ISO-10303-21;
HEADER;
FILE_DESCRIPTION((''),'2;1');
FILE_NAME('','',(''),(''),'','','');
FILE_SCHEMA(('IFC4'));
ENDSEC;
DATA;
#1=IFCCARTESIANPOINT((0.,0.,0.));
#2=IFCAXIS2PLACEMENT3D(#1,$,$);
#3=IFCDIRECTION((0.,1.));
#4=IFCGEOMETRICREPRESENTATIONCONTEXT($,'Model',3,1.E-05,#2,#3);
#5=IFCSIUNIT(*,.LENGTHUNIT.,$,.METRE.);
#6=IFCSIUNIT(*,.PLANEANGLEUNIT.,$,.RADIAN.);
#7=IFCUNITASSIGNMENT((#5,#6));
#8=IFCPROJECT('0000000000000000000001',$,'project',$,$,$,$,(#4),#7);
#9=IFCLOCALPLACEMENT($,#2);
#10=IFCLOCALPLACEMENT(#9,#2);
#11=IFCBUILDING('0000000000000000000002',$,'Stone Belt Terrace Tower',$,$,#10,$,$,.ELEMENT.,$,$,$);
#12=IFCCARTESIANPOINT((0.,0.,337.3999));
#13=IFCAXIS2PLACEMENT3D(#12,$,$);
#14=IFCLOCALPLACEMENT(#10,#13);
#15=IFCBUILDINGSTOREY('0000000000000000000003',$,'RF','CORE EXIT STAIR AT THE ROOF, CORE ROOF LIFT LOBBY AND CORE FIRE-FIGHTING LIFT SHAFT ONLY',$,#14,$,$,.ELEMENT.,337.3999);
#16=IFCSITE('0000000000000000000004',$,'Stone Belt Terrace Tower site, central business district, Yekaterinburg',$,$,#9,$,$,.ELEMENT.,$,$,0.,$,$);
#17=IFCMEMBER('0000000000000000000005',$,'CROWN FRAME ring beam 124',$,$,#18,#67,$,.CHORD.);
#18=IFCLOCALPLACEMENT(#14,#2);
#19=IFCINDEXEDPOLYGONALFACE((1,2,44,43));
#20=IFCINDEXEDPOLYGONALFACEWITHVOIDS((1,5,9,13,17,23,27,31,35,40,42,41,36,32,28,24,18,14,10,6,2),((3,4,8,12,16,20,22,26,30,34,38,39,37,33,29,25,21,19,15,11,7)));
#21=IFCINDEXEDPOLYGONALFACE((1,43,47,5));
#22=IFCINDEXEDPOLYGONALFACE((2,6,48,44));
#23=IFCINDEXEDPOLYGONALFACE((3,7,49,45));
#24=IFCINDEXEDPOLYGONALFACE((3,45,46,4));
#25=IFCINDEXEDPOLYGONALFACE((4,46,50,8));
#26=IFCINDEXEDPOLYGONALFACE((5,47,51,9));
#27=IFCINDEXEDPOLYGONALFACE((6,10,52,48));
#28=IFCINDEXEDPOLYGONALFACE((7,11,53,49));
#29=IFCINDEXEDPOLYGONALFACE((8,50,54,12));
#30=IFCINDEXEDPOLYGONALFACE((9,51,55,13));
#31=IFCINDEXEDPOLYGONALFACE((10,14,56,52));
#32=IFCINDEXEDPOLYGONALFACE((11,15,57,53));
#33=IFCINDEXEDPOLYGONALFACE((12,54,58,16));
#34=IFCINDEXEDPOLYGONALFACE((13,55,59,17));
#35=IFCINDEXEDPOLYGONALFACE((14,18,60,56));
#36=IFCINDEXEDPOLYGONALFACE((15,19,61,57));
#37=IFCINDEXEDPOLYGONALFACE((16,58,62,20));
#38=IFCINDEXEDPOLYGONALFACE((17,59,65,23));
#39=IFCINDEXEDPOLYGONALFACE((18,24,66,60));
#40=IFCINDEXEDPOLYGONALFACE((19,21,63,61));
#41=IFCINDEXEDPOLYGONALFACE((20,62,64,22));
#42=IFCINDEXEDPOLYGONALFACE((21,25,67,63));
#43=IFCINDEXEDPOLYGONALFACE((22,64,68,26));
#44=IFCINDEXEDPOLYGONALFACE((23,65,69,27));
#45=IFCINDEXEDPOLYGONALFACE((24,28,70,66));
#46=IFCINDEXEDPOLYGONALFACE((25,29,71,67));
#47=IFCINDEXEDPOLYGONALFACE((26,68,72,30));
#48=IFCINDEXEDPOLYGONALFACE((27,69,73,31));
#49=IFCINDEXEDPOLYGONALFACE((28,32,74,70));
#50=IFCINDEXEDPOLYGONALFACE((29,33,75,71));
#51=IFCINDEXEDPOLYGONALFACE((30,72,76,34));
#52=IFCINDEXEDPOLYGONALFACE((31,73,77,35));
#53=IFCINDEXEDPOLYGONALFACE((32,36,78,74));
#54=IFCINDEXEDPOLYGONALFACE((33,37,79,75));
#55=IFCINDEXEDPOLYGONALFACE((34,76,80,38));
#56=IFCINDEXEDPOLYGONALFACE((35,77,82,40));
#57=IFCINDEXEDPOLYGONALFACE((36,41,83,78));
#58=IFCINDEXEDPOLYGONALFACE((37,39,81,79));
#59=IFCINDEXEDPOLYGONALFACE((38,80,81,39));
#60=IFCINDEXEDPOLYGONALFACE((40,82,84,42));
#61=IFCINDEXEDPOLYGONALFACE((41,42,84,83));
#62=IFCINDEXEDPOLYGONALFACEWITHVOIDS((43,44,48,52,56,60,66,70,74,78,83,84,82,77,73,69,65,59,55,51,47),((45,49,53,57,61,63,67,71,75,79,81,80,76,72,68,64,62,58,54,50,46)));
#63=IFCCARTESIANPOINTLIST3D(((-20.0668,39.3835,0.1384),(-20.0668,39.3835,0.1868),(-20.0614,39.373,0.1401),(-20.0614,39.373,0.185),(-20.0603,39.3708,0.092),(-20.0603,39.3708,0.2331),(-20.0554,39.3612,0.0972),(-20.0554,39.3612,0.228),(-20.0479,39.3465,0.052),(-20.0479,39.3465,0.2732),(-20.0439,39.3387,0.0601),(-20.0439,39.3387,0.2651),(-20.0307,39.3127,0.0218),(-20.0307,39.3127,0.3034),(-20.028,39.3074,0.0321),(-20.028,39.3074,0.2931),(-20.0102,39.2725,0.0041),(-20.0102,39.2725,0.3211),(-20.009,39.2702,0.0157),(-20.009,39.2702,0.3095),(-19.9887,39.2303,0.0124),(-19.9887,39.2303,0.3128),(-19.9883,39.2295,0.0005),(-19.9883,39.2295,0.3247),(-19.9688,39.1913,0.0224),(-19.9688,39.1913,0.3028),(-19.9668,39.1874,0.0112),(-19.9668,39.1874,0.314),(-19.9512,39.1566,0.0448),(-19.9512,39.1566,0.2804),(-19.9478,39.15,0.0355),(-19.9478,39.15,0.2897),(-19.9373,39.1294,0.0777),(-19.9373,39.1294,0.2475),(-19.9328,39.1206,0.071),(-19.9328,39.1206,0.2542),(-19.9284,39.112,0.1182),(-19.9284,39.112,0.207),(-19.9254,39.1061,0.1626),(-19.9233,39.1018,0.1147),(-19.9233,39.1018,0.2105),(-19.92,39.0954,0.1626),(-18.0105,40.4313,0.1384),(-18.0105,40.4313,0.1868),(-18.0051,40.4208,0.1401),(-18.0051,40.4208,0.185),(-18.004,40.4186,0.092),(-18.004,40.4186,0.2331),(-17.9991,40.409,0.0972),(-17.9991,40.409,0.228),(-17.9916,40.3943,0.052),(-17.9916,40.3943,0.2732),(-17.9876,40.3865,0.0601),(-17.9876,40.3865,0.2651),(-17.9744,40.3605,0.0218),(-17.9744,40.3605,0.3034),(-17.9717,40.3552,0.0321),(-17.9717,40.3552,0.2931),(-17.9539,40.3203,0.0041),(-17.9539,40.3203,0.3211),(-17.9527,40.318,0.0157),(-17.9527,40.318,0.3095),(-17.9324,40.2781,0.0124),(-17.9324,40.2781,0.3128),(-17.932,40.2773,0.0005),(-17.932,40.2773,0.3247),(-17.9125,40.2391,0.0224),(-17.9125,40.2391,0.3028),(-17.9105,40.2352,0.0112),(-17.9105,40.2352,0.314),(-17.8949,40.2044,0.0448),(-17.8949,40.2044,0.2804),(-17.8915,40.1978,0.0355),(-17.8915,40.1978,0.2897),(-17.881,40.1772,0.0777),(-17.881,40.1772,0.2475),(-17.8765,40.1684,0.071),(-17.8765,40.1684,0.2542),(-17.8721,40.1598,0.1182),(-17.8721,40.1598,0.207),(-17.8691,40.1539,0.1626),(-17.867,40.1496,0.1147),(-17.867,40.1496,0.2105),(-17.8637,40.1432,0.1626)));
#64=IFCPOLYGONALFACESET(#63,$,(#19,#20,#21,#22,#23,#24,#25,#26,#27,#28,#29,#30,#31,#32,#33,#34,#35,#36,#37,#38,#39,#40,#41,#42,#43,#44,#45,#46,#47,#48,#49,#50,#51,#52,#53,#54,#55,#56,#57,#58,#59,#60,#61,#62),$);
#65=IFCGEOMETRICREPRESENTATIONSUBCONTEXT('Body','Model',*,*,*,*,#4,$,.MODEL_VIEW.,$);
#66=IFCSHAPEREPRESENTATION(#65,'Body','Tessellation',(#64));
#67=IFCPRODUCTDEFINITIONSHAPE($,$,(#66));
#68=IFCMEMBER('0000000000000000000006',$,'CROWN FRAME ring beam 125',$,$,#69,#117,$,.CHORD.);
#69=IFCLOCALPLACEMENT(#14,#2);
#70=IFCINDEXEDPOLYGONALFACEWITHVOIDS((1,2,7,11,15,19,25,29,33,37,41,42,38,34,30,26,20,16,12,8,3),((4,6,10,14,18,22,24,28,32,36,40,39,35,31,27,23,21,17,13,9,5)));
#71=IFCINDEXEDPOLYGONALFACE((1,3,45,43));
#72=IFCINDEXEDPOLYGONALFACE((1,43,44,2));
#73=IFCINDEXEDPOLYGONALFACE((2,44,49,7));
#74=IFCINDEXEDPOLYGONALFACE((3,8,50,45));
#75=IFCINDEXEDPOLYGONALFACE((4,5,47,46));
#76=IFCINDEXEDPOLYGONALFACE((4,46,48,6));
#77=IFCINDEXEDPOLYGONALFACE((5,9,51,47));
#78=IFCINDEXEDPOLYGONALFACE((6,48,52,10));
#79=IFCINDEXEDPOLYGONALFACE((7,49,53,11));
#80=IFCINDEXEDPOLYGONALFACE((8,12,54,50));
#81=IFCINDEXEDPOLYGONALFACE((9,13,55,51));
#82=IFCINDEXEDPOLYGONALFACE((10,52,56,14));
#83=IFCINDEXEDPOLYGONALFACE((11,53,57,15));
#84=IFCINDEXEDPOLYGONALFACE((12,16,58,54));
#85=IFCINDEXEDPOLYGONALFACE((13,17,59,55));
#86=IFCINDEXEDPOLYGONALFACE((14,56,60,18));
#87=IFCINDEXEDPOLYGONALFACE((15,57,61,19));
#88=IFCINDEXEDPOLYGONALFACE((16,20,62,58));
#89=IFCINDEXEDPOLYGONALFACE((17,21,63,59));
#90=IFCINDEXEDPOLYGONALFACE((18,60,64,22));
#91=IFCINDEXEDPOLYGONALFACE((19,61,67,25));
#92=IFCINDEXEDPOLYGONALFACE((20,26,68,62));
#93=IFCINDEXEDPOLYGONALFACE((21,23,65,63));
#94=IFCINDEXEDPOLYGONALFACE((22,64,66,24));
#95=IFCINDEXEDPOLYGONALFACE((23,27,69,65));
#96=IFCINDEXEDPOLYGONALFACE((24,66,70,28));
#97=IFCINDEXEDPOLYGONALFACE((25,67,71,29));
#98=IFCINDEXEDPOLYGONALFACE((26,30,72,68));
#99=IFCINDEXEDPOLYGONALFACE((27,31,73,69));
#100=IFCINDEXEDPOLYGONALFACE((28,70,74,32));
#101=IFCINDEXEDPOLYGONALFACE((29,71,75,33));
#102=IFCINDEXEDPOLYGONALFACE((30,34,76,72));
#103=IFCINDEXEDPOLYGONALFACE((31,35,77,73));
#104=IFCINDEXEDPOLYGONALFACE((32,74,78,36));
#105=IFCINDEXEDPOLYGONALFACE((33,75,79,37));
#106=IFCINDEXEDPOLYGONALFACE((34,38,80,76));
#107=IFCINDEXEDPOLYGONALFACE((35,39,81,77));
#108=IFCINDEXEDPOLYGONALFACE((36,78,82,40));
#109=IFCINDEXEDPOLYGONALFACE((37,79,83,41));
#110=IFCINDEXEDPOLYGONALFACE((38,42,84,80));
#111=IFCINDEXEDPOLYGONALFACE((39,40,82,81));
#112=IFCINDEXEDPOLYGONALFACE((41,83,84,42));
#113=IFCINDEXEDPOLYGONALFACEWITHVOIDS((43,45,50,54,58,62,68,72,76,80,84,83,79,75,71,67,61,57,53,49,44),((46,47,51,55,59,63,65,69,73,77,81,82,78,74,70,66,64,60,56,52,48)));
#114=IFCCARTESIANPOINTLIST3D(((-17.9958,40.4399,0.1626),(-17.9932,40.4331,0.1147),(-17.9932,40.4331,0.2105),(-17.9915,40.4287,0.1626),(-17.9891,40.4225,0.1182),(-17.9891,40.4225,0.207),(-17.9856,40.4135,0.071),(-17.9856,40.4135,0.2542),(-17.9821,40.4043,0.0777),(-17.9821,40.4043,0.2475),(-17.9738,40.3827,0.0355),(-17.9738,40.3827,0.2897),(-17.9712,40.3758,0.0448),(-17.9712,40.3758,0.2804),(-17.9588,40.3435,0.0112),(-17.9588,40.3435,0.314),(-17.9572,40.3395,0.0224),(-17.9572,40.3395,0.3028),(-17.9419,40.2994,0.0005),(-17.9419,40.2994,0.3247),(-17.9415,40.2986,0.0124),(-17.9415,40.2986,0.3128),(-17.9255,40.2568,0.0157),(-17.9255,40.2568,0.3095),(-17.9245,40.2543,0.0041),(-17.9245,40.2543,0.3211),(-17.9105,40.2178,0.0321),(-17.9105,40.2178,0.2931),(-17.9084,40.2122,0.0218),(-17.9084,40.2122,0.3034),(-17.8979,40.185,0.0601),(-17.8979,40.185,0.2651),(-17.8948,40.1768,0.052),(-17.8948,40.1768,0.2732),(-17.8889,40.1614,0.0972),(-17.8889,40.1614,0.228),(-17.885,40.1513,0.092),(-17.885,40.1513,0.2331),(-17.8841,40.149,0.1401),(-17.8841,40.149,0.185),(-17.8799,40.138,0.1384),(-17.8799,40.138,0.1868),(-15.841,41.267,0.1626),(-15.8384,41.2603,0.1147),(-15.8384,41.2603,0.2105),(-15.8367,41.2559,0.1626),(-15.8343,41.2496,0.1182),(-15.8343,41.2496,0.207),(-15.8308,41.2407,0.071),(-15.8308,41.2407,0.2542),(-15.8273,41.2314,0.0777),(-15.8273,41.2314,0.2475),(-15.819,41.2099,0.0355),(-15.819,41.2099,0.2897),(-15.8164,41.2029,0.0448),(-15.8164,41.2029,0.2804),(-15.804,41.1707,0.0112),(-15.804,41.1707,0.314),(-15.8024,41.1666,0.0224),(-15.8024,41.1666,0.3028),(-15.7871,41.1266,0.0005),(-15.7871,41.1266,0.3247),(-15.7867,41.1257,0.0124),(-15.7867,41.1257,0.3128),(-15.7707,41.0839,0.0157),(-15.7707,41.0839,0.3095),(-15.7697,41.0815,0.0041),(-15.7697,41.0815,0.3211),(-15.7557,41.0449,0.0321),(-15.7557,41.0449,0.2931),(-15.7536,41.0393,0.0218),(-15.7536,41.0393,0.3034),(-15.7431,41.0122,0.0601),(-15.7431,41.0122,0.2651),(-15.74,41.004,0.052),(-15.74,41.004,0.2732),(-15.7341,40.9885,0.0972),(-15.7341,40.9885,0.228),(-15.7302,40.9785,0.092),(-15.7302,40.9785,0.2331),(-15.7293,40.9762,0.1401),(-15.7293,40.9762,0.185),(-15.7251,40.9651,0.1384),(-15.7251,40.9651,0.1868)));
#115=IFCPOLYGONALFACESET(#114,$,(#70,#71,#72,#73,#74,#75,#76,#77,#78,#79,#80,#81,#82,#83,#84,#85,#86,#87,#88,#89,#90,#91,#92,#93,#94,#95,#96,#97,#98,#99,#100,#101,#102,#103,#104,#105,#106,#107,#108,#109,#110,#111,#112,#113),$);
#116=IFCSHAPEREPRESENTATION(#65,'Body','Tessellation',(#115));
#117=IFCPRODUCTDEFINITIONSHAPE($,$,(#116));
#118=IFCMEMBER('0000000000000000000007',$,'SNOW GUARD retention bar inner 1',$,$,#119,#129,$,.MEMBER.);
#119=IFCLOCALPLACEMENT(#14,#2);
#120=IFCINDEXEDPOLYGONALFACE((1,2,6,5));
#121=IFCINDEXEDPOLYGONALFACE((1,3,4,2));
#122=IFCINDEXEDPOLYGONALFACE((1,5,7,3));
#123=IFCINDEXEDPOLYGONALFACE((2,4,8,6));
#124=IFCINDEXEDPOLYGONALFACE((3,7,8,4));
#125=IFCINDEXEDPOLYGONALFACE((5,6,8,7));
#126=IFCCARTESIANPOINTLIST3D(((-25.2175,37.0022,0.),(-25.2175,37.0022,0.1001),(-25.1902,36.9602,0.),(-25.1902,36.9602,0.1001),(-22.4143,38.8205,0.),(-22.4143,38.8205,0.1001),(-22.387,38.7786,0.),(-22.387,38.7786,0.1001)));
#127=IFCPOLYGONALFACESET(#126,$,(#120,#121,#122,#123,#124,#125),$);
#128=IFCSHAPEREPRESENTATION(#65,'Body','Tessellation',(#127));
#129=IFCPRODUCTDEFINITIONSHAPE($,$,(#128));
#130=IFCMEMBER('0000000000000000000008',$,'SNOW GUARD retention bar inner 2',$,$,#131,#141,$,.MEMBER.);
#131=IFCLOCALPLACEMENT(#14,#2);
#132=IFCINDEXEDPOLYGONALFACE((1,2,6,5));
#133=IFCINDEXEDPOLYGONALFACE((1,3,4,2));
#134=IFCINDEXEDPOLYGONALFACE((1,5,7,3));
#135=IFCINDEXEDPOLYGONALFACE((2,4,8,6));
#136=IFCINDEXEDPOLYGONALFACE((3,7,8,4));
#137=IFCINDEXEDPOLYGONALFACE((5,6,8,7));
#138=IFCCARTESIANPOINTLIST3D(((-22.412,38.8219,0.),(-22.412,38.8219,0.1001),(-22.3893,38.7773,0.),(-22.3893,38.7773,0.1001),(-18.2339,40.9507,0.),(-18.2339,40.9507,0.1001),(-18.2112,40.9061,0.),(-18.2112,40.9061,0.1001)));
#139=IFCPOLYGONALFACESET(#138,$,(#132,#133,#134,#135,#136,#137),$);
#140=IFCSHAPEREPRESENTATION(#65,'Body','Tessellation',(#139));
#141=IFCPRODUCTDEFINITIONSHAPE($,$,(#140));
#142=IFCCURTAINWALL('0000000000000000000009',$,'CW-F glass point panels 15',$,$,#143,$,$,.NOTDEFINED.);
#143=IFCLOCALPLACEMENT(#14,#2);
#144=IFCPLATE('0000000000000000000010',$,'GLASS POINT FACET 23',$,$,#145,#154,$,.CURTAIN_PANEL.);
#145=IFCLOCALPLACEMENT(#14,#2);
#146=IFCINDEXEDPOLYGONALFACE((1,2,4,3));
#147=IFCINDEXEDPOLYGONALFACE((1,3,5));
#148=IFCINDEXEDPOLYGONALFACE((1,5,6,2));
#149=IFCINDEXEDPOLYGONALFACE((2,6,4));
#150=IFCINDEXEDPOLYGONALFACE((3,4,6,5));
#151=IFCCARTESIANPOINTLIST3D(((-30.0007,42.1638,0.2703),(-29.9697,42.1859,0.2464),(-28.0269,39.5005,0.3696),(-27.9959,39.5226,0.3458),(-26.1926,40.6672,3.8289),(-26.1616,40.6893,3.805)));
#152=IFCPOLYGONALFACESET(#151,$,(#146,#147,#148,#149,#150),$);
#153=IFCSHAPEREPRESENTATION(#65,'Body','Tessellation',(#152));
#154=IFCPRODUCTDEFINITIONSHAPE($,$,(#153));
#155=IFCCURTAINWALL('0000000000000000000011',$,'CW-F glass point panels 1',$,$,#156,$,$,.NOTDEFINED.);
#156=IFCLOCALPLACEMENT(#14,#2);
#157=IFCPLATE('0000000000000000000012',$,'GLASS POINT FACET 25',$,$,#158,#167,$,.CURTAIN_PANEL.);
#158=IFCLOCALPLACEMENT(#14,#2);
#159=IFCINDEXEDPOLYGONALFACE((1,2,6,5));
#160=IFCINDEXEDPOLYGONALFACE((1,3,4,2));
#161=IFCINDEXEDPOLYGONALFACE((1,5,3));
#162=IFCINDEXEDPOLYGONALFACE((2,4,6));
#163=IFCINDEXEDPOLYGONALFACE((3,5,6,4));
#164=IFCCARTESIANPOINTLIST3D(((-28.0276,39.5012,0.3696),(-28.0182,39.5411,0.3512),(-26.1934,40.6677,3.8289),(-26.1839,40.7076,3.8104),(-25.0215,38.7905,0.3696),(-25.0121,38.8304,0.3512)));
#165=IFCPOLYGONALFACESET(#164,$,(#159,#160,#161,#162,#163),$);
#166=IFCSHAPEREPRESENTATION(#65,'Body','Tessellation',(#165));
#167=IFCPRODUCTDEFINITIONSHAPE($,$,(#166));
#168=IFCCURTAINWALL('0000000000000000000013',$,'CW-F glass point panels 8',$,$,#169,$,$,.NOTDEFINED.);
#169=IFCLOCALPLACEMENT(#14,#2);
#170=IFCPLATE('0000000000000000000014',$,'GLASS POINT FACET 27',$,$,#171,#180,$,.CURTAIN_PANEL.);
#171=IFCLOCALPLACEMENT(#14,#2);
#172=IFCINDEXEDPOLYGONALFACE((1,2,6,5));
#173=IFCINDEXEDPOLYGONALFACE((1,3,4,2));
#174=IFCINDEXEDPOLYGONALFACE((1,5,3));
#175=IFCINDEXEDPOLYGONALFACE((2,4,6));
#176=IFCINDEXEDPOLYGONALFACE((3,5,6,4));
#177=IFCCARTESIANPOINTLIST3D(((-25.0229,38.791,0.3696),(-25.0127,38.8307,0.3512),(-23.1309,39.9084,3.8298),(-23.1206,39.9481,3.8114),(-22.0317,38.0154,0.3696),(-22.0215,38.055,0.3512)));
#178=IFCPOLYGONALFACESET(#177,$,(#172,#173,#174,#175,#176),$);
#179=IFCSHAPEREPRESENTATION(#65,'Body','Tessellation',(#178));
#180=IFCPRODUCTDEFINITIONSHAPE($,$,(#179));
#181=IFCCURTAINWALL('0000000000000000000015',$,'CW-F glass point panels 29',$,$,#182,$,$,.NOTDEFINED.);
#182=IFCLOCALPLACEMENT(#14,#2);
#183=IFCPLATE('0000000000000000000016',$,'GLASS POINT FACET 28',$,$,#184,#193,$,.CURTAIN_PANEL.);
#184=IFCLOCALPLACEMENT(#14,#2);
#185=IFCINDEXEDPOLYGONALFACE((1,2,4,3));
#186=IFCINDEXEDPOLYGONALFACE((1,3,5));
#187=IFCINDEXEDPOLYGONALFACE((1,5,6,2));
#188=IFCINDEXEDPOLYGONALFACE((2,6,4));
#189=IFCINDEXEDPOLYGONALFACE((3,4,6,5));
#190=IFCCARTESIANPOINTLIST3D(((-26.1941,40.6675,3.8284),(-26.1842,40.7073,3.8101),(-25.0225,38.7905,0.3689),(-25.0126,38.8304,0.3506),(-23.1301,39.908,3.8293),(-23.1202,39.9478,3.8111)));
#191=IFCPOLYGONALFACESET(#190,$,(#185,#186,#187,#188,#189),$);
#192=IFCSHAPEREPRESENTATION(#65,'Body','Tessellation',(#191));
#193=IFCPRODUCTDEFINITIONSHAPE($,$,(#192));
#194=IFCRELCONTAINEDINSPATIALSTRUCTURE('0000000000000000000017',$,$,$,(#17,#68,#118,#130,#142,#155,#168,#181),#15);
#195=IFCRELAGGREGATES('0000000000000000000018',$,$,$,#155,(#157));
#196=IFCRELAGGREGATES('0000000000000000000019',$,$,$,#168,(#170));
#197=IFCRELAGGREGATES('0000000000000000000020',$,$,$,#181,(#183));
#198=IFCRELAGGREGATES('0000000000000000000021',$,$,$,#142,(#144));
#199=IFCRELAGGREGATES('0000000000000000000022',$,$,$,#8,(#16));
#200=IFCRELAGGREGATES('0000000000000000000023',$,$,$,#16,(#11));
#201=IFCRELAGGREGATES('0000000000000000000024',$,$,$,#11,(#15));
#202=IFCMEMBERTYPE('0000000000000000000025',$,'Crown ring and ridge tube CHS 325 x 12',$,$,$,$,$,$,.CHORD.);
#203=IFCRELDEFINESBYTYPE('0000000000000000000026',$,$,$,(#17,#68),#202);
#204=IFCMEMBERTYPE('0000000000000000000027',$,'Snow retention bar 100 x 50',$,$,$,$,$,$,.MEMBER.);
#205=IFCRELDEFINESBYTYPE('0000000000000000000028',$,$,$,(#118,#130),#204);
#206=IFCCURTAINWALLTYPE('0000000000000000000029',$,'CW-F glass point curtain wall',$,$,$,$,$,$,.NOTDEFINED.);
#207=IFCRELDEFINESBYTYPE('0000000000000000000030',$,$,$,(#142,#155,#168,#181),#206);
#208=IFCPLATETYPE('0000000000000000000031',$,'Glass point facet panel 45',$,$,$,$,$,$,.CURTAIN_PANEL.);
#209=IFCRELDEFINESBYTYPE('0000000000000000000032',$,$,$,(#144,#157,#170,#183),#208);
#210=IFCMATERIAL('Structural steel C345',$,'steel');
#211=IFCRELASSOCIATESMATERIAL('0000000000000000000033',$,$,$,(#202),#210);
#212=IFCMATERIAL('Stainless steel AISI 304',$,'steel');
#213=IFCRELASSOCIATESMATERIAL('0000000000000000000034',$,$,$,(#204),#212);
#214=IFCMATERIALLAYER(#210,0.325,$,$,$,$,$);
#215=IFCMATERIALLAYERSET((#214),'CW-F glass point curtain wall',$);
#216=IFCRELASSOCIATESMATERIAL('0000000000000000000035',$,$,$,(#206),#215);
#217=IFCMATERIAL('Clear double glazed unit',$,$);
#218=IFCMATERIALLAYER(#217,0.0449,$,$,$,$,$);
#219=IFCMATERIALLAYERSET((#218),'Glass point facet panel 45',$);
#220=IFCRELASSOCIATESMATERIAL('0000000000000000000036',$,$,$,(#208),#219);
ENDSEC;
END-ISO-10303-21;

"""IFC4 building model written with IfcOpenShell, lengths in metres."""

from ifc_helpers import new_model, si_unit, direction, frame, origin, origin_2d, place, context, subcontext, project, spatial, polyline, rectangle, hollow_circle, outline, extrude, material, layer, layer_set, material_profile, profile_set, type_object, element, aggregate, save


model = new_model("IFC4")

# Units and contexts
model_context = context("Model", 3, precision=1e-05, world=origin(), true_north=direction((0.0, 1.0)))
body_context = subcontext(model_context, "Body", "Model", "MODEL_VIEW")
ifc_project = project(units=[si_unit("LENGTHUNIT", "METRE"), si_unit("PLANEANGLEUNIT", "RADIAN")], contexts=[model_context])

# Site, building, storey
site_placement = place(None, origin())
site = spatial("IfcSite", under=ifc_project, at=site_placement, Name="Stone Belt Terrace Tower site, central business district, Yekaterinburg", CompositionType="ELEMENT", RefElevation=0.0)
building_placement = place(site_placement, origin())
building = spatial("IfcBuilding", under=site, at=building_placement, Name="Stone Belt Terrace Tower", CompositionType="ELEMENT")
storey_placement = place(building_placement, frame((0.0, 0.0, 337.3999)))
storey = spatial("IfcBuildingStorey", under=building, at=storey_placement, Name="RF", Description="CORE EXIT STAIR AT THE ROOF, CORE ROOF LIFT LOBBY AND CORE FIRE-FIGHTING LIFT SHAFT ONLY", CompositionType="ELEMENT", Elevation=337.3999)

# Members
ifc_material_1 = material(Name="Structural steel C345", Category="steel")
ifc_material_profile_1 = material_profile(ifc_material_1, hollow_circle(Radius=0.1626, WallThickness=0.012, at=origin_2d()), Name="Structural steel C345 CHS 325x12")
ifc_profile_set_1 = profile_set([ifc_material_profile_1], Name="Structural steel C345")
member_type_1 = type_object("IfcMemberType", Name="Crown ring and ridge tube CHS 325 x 12", PredefinedType="CHORD", material=ifc_profile_set_1)
member_1_placement = place(storey_placement, frame((-17.9375, 40.2881, 0.1626), z_axis=(-0.890995, -0.454013, 0.0), x_axis=(0.454013, -0.890995, 0.0)))
element("IfcMember", 1, at=member_1_placement, inside=storey, type_object=member_type_1, Name="CROWN FRAME ring beam 124", PredefinedType="CHORD", context=body_context, shape_type="SweptSolid", body=[
    extrude(hollow_circle(Radius=0.1626, WallThickness=0.012, at=origin_2d()), origin(), (0.0, 0.0, 1.0), 2.3079),
])
member_2_placement = place(storey_placement, frame((-17.9375, 40.2881, 0.1626), z_axis=(0.93358, 0.358369, 0.0), x_axis=(-0.358369, 0.93358, 0.0)))
element("IfcMember", 2, at=member_2_placement, inside=storey, type_object=member_type_1, Name="CROWN FRAME ring beam 125", PredefinedType="CHORD", context=body_context, shape_type="SweptSolid", body=[
    extrude(hollow_circle(Radius=0.1626, WallThickness=0.012, at=origin_2d()), origin(), (0.0, 0.0, 1.0), 2.3081),
])
ifc_material_2 = material(Name="Stainless steel AISI 304", Category="steel")
ifc_material_profile_2 = material_profile(ifc_material_2, rectangle(XDim=0.05, YDim=0.1001, at=origin_2d()), Name="Stainless steel AISI 304 100x50")
ifc_profile_set_2 = profile_set([ifc_material_profile_2], Name="Stainless steel AISI 304")
member_type_2 = type_object("IfcMemberType", Name="Snow retention bar 100 x 50", PredefinedType="MEMBER", material=ifc_profile_set_2)
member_3_placement = place(storey_placement, frame((-25.2039, 36.9812, 0.05), z_axis=(0.838954, 0.544202, 0.0), x_axis=(-0.544202, 0.838954, 0.0)))
element("IfcMember", 3, at=member_3_placement, inside=storey, type_object=member_type_2, Name="SNOW GUARD retention bar inner 1", PredefinedType="MEMBER", context=body_context, shape_type="SweptSolid", body=[
    extrude(rectangle(XDim=0.05, YDim=0.1001, at=origin_2d()), origin(), (0.0, 0.0, 1.0), 3.3413),
])
member_4_placement = place(storey_placement, frame((-22.4006, 38.7996, 0.05), z_axis=(0.891007, 0.45399, 0.0), x_axis=(-0.45399, 0.891007, 0.0)))
element("IfcMember", 4, at=member_4_placement, inside=storey, type_object=member_type_2, Name="SNOW GUARD retention bar inner 2", PredefinedType="MEMBER", context=body_context, shape_type="SweptSolid", body=[
    extrude(rectangle(XDim=0.05, YDim=0.1001, at=origin_2d()), origin(), (0.0, 0.0, 1.0), 4.6892),
])

# Curtain walls, plates
ifc_layer_1 = layer(ifc_material_1, 0.325)
ifc_layer_set_1 = layer_set([ifc_layer_1], Name="CW-F glass point curtain wall")
curtain_wall_type = type_object("IfcCurtainWallType", Name="CW-F glass point curtain wall", PredefinedType="NOTDEFINED", material=ifc_layer_set_1)
curtain_wall_1_placement = place(storey_placement, origin())
curtain_wall_1 = element("IfcCurtainWall", 5, at=curtain_wall_1_placement, inside=storey, type_object=curtain_wall_type, Name="CW-F glass point panels 15", PredefinedType="NOTDEFINED")
ifc_material_3 = material(Name="Clear double glazed unit")
ifc_layer_2 = layer(ifc_material_3, 0.0449)
ifc_layer_set_2 = layer_set([ifc_layer_2], Name="Glass point facet panel 45")
plate_type = type_object("IfcPlateType", Name="Glass point facet panel 45", PredefinedType="CURTAIN_PANEL", material=ifc_layer_set_2)
plate_1_placement = place(storey_placement, frame((-28.0269, 39.5005, 0.3696), z_axis=(-0.68987, -0.491452, 0.531558), x_axis=(-0.595163, 0.803046, -0.029961)))
plate_1 = element("IfcPlate", 6, at=plate_1_placement, type_object=plate_type, Name="GLASS POINT FACET 23", PredefinedType="CURTAIN_PANEL", context=body_context, shape_type="SweptSolid", body=[
    extrude(outline(polyline([(0.0, 0.0), (3.3165, 0.0), (-0.2584, -4.0774), (0.0, 0.0)])), origin(), (0.0, 0.0, -1.0), 0.0449),
])
curtain_wall_2_placement = place(storey_placement, origin())
curtain_wall_2 = element("IfcCurtainWall", 7, at=curtain_wall_2_placement, inside=storey, type_object=curtain_wall_type, Name="CW-F glass point panels 1", PredefinedType="NOTDEFINED")
plate_2_placement = place(storey_placement, frame((-28.0276, 39.5012, 0.3696), z_axis=(-0.209797, -0.887403, 0.410489), x_axis=(0.44896, 0.285522, 0.846707)))
plate_2 = element("IfcPlate", 8, at=plate_2_placement, type_object=plate_type, Name="GLASS POINT FACET 25", PredefinedType="CURTAIN_PANEL", context=body_context, shape_type="SweptSolid", body=[
    extrude(outline(polyline([(0.0, 0.0), (4.0855, 0.0), (1.1467, -2.8682), (0.0, 0.0)])), origin(), (0.0, 0.0, -1.0), 0.0449),
])
aggregate(curtain_wall_2, [plate_2])
curtain_wall_3_placement = place(storey_placement, origin())
curtain_wall_3 = element("IfcCurtainWall", 9, at=curtain_wall_3_placement, inside=storey, type_object=curtain_wall_type, Name="CW-F glass point panels 8", PredefinedType="NOTDEFINED")
plate_3_placement = place(storey_placement, frame((-22.0317, 38.0154, 0.3696), z_axis=(-0.228908, -0.882776, 0.410252), x_axis=(-0.967986, 0.251003, 0.0)))
plate_3 = element("IfcPlate", 10, at=plate_3_placement, type_object=plate_type, Name="GLASS POINT FACET 27", PredefinedType="CURTAIN_PANEL", context=body_context, shape_type="SweptSolid", body=[
    extrude(outline(polyline([(0.0, 0.0), (3.0901, 0.0), (1.5391, -3.7942), (0.0, 0.0)])), origin(), (0.0, 0.0, -1.0), 0.0449),
])
aggregate(curtain_wall_3, [plate_3])
curtain_wall_4_placement = place(storey_placement, origin())
curtain_wall_4 = element("IfcCurtainWall", 11, at=curtain_wall_4_placement, inside=storey, type_object=curtain_wall_type, Name="CW-F glass point panels 29", PredefinedType="NOTDEFINED")
plate_4_placement = place(storey_placement, frame((-26.1941, 40.6675, 3.8284), z_axis=(-0.21994, -0.886731, 0.406612), x_axis=(0.970623, -0.240606, 0.000309)))
plate_4 = element("IfcPlate", 12, at=plate_4_placement, type_object=plate_type, Name="GLASS POINT FACET 28", PredefinedType="CURTAIN_PANEL", context=body_context, shape_type="SweptSolid", body=[
    extrude(outline(polyline([(0.0, 0.0), (3.1567, 0.0), (1.5877, -3.7872), (0.0, 0.0)])), origin(), (0.0, 0.0, -1.0), 0.0449),
])
aggregate(curtain_wall_4, [plate_4])

aggregate(curtain_wall_1, [plate_1])

save(model, "model.ifc")
